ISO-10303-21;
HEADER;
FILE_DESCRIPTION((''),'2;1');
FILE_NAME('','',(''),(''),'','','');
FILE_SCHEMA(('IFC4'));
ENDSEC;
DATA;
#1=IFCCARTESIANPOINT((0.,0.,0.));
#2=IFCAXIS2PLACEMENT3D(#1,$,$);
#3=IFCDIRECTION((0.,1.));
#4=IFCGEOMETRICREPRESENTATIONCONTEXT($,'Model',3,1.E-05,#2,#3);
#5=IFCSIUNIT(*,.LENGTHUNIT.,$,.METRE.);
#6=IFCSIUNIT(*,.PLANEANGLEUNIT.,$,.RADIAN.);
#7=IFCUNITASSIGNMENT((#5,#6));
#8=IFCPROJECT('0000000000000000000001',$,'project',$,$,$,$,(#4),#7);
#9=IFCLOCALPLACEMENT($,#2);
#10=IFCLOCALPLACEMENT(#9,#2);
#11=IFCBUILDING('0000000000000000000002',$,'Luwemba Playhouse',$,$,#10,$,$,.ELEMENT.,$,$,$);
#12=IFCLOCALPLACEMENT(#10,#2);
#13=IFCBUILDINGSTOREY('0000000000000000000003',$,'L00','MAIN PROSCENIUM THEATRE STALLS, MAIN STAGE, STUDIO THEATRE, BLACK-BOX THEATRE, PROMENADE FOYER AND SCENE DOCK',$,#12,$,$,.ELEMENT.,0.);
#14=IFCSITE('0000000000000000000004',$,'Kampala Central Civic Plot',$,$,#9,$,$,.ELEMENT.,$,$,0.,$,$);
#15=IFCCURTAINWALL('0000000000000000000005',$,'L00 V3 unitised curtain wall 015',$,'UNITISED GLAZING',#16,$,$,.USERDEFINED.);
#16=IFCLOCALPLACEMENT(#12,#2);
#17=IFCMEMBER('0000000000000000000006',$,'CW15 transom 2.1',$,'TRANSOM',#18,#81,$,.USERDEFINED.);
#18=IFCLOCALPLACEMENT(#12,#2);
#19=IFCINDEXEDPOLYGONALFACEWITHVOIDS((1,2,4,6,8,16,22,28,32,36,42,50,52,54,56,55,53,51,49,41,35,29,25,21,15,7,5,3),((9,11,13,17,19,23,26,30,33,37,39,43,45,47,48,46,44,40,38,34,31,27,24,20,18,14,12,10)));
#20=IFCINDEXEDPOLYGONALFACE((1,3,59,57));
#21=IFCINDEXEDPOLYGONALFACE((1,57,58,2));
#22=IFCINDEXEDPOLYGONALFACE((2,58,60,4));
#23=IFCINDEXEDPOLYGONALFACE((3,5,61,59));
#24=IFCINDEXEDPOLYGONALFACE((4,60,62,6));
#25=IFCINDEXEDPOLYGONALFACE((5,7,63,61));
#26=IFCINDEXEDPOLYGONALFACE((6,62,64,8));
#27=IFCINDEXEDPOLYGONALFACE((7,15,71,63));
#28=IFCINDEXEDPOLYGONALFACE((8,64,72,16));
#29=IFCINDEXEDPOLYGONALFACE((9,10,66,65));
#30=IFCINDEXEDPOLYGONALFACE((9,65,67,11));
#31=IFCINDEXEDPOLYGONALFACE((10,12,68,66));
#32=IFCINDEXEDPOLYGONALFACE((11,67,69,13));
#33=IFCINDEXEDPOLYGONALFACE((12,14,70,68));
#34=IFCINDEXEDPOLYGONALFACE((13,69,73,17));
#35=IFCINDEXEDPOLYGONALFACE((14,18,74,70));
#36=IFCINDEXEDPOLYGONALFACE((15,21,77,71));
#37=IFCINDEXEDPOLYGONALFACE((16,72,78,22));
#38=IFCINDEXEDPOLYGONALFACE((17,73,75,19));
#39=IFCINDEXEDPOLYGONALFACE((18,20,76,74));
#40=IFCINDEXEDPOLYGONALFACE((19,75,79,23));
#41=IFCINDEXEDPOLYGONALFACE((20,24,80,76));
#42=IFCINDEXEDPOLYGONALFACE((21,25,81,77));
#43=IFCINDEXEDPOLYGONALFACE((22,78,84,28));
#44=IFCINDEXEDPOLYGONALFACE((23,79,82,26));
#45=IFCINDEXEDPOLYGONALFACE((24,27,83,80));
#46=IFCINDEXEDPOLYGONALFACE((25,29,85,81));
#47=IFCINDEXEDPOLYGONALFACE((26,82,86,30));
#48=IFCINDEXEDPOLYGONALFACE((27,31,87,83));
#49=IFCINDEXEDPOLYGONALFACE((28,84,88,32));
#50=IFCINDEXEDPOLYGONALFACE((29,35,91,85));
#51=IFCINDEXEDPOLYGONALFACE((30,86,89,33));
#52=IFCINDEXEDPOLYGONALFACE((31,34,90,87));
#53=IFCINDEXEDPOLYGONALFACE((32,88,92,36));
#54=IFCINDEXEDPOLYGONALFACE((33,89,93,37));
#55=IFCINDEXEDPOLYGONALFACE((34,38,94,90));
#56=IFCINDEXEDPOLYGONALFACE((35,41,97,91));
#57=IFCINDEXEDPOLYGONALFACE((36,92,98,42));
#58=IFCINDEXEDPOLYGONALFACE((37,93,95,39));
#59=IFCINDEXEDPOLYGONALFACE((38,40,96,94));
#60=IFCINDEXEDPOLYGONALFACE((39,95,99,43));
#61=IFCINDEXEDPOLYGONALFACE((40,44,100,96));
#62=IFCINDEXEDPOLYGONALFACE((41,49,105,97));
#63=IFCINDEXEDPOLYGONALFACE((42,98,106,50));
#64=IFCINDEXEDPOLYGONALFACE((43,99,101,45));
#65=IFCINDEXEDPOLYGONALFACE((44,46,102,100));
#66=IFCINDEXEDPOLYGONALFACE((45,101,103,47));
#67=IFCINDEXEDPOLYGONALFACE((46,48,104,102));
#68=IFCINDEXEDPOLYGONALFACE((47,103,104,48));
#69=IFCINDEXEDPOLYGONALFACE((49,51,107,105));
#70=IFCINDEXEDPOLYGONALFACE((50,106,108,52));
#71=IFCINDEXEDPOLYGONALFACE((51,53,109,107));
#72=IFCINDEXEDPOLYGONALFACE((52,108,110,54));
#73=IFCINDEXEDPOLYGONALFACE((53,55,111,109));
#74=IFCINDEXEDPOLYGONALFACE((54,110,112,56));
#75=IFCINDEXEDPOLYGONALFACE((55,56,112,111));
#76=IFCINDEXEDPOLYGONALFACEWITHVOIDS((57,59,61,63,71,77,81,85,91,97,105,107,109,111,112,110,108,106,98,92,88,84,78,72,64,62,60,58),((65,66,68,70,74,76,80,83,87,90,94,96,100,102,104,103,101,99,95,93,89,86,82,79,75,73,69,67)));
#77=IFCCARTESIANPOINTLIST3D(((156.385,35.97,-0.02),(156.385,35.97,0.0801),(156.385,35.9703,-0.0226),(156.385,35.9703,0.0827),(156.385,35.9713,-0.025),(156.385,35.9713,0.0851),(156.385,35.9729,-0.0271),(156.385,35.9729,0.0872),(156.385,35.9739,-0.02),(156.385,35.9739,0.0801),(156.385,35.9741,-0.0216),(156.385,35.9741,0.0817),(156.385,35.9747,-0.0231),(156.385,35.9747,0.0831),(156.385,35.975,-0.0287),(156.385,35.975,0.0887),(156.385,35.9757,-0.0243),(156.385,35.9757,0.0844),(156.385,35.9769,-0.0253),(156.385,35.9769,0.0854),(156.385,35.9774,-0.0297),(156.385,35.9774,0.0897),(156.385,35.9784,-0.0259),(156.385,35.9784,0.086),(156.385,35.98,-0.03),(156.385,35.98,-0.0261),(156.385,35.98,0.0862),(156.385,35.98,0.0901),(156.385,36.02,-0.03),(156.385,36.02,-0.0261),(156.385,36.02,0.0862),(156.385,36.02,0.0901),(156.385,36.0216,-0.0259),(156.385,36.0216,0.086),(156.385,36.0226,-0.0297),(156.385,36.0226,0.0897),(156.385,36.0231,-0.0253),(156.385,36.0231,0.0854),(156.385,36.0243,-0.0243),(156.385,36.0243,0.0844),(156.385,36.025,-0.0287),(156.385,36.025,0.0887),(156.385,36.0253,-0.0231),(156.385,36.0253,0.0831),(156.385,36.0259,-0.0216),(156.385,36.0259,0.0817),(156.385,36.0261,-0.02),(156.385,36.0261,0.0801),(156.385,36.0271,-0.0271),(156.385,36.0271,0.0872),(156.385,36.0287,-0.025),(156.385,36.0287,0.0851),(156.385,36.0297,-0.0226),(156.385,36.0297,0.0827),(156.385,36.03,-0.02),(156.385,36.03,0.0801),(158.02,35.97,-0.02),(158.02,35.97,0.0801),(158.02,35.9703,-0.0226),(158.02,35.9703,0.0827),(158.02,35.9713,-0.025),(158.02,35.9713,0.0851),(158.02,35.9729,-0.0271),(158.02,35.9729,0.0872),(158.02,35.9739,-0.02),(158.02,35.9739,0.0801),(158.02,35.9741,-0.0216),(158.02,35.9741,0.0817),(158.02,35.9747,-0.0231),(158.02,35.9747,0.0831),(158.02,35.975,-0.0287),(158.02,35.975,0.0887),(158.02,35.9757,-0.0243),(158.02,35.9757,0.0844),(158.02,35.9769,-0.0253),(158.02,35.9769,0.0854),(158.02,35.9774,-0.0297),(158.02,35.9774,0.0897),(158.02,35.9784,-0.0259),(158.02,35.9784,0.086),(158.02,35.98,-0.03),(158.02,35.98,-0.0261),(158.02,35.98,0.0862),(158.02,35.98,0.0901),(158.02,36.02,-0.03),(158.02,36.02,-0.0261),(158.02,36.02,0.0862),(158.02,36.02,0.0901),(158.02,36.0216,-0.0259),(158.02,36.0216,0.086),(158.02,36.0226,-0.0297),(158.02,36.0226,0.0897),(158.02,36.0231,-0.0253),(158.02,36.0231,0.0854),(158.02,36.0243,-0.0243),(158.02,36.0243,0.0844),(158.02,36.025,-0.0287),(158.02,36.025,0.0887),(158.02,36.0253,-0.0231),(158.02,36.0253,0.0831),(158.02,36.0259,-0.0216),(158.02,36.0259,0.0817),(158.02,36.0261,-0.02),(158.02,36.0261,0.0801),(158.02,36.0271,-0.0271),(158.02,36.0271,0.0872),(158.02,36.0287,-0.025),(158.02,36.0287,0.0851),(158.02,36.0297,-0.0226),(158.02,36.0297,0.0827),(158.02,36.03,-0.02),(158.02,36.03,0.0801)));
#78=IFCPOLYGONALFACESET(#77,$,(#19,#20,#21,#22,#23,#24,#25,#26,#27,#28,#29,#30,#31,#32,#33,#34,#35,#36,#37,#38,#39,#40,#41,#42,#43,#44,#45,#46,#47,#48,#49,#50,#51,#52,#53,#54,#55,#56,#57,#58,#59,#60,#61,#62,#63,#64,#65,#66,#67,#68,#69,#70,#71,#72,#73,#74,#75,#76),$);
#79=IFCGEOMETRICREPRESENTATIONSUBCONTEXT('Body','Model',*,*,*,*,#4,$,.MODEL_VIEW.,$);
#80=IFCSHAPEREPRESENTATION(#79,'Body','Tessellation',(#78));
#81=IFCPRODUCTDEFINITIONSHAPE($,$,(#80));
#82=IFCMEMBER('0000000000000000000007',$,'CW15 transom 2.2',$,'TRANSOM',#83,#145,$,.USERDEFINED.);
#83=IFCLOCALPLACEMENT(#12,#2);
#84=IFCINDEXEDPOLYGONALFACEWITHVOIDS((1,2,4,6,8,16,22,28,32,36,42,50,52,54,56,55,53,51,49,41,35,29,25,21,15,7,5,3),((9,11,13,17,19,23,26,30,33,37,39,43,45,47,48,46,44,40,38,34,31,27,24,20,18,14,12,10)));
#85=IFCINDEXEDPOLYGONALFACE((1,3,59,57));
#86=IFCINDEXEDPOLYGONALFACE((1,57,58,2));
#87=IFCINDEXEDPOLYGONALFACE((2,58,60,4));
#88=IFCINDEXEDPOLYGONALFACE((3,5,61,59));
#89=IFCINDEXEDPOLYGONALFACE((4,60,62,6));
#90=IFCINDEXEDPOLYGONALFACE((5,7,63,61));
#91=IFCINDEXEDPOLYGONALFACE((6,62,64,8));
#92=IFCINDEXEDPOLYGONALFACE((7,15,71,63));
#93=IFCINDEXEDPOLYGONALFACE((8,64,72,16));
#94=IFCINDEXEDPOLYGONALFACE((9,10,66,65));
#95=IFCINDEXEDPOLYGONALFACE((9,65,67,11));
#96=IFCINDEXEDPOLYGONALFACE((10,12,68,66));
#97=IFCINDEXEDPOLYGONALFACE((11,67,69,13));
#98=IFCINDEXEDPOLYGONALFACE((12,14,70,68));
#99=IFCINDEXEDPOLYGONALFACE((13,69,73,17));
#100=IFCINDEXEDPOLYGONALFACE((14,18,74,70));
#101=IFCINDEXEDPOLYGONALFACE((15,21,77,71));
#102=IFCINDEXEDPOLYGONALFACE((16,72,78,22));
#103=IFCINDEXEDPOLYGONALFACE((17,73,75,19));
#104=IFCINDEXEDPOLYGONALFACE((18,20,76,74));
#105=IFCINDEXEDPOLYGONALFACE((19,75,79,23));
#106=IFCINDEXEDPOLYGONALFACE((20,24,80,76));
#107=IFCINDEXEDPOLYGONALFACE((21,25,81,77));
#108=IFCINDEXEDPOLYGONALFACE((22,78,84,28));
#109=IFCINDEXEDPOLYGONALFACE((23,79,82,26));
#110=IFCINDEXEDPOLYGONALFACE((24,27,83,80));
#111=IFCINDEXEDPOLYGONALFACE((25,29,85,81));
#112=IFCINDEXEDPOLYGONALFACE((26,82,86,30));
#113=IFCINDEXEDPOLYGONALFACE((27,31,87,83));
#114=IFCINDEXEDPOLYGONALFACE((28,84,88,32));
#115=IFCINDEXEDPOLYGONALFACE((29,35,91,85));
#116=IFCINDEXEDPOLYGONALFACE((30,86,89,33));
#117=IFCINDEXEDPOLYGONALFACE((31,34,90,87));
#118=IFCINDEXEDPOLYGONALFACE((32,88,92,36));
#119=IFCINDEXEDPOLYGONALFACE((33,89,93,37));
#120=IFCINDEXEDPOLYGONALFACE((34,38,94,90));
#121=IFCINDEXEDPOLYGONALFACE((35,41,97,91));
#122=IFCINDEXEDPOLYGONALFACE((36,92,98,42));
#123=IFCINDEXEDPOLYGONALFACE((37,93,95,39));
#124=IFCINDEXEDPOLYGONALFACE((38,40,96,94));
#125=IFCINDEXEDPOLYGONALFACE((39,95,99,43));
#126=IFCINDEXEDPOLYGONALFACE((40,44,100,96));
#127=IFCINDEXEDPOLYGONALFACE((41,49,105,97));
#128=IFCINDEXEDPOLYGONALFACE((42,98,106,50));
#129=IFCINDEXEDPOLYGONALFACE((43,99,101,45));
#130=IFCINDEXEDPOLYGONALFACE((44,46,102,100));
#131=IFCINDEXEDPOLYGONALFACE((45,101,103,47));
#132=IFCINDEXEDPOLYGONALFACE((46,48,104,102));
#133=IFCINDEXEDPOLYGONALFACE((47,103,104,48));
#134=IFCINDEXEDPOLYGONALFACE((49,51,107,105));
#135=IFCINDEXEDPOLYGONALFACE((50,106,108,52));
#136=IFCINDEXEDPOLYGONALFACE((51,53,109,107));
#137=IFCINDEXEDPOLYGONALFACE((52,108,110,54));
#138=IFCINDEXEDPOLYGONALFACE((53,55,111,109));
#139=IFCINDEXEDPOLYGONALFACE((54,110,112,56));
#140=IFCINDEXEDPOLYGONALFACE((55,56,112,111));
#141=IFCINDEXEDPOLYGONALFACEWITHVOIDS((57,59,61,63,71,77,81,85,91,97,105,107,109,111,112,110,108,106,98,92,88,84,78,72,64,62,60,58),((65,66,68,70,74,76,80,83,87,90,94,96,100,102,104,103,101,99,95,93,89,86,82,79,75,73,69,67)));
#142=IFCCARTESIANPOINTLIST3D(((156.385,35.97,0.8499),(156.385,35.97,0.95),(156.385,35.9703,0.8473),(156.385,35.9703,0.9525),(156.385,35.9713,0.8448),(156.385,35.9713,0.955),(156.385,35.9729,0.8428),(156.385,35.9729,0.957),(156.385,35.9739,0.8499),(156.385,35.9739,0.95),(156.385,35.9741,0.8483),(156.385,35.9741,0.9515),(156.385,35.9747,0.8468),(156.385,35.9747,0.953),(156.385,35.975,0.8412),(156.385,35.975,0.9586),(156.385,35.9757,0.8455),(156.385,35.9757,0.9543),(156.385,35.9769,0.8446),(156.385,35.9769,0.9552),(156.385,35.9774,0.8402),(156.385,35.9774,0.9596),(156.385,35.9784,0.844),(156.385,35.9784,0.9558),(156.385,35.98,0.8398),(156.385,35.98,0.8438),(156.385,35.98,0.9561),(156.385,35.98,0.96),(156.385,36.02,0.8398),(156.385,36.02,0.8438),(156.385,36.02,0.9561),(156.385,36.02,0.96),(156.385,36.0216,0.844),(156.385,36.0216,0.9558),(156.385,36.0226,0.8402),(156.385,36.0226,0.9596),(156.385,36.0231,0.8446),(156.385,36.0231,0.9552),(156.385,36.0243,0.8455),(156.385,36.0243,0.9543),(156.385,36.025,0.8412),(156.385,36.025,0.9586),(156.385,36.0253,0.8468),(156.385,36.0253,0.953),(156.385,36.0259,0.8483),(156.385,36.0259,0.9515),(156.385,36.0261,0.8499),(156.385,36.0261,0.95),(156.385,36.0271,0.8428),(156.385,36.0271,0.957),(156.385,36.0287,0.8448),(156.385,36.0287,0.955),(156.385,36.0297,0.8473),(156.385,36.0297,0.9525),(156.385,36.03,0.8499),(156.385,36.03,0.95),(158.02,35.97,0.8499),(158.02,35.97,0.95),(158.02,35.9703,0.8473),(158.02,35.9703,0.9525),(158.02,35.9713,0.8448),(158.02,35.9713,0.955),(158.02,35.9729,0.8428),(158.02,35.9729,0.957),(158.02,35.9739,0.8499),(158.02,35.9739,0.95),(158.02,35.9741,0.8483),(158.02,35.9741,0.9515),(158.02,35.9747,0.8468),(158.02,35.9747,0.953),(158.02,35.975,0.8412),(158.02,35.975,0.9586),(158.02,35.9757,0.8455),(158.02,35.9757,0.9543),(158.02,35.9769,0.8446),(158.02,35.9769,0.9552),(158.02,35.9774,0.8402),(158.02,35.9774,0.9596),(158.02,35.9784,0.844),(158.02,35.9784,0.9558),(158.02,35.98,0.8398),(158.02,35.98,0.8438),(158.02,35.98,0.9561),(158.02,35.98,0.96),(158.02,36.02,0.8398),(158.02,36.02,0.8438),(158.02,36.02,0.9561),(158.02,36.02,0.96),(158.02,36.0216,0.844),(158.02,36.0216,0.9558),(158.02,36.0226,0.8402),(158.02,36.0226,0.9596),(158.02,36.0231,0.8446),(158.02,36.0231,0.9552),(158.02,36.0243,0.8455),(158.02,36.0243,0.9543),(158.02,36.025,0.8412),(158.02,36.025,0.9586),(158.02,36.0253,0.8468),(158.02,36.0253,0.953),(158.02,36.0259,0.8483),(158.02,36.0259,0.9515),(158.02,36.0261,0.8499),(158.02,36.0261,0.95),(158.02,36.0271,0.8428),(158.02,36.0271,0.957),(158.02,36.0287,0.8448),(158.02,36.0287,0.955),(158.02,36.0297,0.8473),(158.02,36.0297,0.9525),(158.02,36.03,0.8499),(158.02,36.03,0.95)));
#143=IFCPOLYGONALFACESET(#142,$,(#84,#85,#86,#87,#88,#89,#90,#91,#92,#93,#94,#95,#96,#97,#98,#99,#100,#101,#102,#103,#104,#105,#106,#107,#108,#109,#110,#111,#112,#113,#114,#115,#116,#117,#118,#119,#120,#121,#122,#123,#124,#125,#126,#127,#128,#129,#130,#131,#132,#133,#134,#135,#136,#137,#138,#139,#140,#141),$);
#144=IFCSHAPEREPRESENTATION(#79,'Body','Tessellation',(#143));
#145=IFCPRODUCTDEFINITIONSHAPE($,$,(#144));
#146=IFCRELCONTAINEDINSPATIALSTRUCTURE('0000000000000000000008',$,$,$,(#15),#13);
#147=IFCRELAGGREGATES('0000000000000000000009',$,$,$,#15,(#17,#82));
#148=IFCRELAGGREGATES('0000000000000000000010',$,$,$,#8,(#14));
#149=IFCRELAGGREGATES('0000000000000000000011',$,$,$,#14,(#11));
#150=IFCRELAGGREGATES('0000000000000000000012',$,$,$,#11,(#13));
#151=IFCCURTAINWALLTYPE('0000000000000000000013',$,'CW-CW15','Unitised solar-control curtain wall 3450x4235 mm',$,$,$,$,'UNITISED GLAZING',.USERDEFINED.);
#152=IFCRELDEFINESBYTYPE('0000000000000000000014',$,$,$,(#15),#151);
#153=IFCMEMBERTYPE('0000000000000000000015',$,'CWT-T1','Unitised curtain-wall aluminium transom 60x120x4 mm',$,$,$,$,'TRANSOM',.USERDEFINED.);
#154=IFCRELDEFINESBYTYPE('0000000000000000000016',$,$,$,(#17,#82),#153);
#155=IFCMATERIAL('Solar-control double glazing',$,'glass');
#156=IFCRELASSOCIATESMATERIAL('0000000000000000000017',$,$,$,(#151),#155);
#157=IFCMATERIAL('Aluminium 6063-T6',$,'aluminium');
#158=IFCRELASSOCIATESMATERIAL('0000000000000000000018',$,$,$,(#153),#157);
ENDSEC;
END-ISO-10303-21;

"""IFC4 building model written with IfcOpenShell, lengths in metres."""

from ifc_helpers import new_model, si_unit, direction, frame, origin, origin_2d, place, context, subcontext, project, spatial, hollow_rectangle, extrude, material, material_profile, profile_set, type_object, element, aggregate, save


model = new_model("IFC4")

# Units and contexts
model_context = context("Model", 3, precision=1e-05, world=origin(), true_north=direction((0.0, 1.0)))
body_context = subcontext(model_context, "Body", "Model", "MODEL_VIEW")
ifc_project = project(units=[si_unit("LENGTHUNIT", "METRE"), si_unit("PLANEANGLEUNIT", "RADIAN")], contexts=[model_context])

# Site, building, storey
site_placement = place(None, origin())
site = spatial("IfcSite", under=ifc_project, at=site_placement, Name="Kampala Central Civic Plot", CompositionType="ELEMENT", RefElevation=0.0)
building_placement = place(site_placement, origin())
building = spatial("IfcBuilding", under=site, at=building_placement, Name="Luwemba Playhouse", CompositionType="ELEMENT")
storey_placement = place(building_placement, origin())
storey = spatial("IfcBuildingStorey", under=building, at=storey_placement, Name="L00", Description="MAIN PROSCENIUM THEATRE STALLS, MAIN STAGE, STUDIO THEATRE, BLACK-BOX THEATRE, PROMENADE FOYER AND SCENE DOCK", CompositionType="ELEMENT", Elevation=0.0)

# Curtain wall
ifc_material_1 = material(Name="Solar-control double glazing", Category="glass")
curtain_wall_type_1 = type_object("IfcCurtainWallType", Name="CW-CW15", Description="Unitised solar-control curtain wall 3450x4235 mm", ElementType="UNITISED GLAZING", PredefinedType="USERDEFINED", material=ifc_material_1)
curtain_wall_1_placement = place(storey_placement, origin())
curtain_wall_1 = element("IfcCurtainWall", 1, at=curtain_wall_1_placement, inside=storey, type_object=curtain_wall_type_1, Name="L00 V3 unitised curtain wall 015", ObjectType="UNITISED GLAZING", PredefinedType="USERDEFINED")
ifc_material_2 = material(Name="Aluminium 6063-T6", Category="aluminium")

# Members
ifc_material_profile_1 = material_profile(ifc_material_2, hollow_rectangle(XDim=0.0601, YDim=0.1201, WallThickness=0.0039, InnerFilletRadius=0.0061, OuterFilletRadius=0.01, at=origin_2d()))
ifc_profile_set_1 = profile_set([ifc_material_profile_1], Name="Aluminium 6063-T6")
member_type_1 = type_object("IfcMemberType", Name="CWT-T1", Description="Unitised curtain-wall aluminium transom 60x120x4 mm", ElementType="TRANSOM", PredefinedType="USERDEFINED", material=ifc_profile_set_1)
member_1_placement = place(storey_placement, frame((158.02, 36.0, 0.03), z_axis=(-1.0, 0.0, 0.0), x_axis=(0.0, -1.0, 0.0)))
member_1 = element("IfcMember", 2, at=member_1_placement, type_object=member_type_1, Name="CW15 transom 2.1", ObjectType="TRANSOM", PredefinedType="USERDEFINED", context=body_context, shape_type="SweptSolid", body=[
    extrude(hollow_rectangle(XDim=0.0601, YDim=0.1201, WallThickness=0.0039, InnerFilletRadius=0.0061, OuterFilletRadius=0.01, at=origin_2d()), origin(), (0.0, 0.0, 1.0), 1.635),
])
member_2_placement = place(storey_placement, frame((158.02, 36.0, 0.8999), z_axis=(-1.0, 0.0, 0.0), x_axis=(0.0, -1.0, 0.0)))
member_2 = element("IfcMember", 3, at=member_2_placement, type_object=member_type_1, Name="CW15 transom 2.2", ObjectType="TRANSOM", PredefinedType="USERDEFINED", context=body_context, shape_type="SweptSolid", body=[
    extrude(hollow_rectangle(XDim=0.0601, YDim=0.1201, WallThickness=0.0039, InnerFilletRadius=0.0061, OuterFilletRadius=0.01, at=origin_2d()), origin(), (0.0, 0.0, 1.0), 1.635),
])

aggregate(curtain_wall_1, [member_1, member_2])

save(model, "model.ifc")
